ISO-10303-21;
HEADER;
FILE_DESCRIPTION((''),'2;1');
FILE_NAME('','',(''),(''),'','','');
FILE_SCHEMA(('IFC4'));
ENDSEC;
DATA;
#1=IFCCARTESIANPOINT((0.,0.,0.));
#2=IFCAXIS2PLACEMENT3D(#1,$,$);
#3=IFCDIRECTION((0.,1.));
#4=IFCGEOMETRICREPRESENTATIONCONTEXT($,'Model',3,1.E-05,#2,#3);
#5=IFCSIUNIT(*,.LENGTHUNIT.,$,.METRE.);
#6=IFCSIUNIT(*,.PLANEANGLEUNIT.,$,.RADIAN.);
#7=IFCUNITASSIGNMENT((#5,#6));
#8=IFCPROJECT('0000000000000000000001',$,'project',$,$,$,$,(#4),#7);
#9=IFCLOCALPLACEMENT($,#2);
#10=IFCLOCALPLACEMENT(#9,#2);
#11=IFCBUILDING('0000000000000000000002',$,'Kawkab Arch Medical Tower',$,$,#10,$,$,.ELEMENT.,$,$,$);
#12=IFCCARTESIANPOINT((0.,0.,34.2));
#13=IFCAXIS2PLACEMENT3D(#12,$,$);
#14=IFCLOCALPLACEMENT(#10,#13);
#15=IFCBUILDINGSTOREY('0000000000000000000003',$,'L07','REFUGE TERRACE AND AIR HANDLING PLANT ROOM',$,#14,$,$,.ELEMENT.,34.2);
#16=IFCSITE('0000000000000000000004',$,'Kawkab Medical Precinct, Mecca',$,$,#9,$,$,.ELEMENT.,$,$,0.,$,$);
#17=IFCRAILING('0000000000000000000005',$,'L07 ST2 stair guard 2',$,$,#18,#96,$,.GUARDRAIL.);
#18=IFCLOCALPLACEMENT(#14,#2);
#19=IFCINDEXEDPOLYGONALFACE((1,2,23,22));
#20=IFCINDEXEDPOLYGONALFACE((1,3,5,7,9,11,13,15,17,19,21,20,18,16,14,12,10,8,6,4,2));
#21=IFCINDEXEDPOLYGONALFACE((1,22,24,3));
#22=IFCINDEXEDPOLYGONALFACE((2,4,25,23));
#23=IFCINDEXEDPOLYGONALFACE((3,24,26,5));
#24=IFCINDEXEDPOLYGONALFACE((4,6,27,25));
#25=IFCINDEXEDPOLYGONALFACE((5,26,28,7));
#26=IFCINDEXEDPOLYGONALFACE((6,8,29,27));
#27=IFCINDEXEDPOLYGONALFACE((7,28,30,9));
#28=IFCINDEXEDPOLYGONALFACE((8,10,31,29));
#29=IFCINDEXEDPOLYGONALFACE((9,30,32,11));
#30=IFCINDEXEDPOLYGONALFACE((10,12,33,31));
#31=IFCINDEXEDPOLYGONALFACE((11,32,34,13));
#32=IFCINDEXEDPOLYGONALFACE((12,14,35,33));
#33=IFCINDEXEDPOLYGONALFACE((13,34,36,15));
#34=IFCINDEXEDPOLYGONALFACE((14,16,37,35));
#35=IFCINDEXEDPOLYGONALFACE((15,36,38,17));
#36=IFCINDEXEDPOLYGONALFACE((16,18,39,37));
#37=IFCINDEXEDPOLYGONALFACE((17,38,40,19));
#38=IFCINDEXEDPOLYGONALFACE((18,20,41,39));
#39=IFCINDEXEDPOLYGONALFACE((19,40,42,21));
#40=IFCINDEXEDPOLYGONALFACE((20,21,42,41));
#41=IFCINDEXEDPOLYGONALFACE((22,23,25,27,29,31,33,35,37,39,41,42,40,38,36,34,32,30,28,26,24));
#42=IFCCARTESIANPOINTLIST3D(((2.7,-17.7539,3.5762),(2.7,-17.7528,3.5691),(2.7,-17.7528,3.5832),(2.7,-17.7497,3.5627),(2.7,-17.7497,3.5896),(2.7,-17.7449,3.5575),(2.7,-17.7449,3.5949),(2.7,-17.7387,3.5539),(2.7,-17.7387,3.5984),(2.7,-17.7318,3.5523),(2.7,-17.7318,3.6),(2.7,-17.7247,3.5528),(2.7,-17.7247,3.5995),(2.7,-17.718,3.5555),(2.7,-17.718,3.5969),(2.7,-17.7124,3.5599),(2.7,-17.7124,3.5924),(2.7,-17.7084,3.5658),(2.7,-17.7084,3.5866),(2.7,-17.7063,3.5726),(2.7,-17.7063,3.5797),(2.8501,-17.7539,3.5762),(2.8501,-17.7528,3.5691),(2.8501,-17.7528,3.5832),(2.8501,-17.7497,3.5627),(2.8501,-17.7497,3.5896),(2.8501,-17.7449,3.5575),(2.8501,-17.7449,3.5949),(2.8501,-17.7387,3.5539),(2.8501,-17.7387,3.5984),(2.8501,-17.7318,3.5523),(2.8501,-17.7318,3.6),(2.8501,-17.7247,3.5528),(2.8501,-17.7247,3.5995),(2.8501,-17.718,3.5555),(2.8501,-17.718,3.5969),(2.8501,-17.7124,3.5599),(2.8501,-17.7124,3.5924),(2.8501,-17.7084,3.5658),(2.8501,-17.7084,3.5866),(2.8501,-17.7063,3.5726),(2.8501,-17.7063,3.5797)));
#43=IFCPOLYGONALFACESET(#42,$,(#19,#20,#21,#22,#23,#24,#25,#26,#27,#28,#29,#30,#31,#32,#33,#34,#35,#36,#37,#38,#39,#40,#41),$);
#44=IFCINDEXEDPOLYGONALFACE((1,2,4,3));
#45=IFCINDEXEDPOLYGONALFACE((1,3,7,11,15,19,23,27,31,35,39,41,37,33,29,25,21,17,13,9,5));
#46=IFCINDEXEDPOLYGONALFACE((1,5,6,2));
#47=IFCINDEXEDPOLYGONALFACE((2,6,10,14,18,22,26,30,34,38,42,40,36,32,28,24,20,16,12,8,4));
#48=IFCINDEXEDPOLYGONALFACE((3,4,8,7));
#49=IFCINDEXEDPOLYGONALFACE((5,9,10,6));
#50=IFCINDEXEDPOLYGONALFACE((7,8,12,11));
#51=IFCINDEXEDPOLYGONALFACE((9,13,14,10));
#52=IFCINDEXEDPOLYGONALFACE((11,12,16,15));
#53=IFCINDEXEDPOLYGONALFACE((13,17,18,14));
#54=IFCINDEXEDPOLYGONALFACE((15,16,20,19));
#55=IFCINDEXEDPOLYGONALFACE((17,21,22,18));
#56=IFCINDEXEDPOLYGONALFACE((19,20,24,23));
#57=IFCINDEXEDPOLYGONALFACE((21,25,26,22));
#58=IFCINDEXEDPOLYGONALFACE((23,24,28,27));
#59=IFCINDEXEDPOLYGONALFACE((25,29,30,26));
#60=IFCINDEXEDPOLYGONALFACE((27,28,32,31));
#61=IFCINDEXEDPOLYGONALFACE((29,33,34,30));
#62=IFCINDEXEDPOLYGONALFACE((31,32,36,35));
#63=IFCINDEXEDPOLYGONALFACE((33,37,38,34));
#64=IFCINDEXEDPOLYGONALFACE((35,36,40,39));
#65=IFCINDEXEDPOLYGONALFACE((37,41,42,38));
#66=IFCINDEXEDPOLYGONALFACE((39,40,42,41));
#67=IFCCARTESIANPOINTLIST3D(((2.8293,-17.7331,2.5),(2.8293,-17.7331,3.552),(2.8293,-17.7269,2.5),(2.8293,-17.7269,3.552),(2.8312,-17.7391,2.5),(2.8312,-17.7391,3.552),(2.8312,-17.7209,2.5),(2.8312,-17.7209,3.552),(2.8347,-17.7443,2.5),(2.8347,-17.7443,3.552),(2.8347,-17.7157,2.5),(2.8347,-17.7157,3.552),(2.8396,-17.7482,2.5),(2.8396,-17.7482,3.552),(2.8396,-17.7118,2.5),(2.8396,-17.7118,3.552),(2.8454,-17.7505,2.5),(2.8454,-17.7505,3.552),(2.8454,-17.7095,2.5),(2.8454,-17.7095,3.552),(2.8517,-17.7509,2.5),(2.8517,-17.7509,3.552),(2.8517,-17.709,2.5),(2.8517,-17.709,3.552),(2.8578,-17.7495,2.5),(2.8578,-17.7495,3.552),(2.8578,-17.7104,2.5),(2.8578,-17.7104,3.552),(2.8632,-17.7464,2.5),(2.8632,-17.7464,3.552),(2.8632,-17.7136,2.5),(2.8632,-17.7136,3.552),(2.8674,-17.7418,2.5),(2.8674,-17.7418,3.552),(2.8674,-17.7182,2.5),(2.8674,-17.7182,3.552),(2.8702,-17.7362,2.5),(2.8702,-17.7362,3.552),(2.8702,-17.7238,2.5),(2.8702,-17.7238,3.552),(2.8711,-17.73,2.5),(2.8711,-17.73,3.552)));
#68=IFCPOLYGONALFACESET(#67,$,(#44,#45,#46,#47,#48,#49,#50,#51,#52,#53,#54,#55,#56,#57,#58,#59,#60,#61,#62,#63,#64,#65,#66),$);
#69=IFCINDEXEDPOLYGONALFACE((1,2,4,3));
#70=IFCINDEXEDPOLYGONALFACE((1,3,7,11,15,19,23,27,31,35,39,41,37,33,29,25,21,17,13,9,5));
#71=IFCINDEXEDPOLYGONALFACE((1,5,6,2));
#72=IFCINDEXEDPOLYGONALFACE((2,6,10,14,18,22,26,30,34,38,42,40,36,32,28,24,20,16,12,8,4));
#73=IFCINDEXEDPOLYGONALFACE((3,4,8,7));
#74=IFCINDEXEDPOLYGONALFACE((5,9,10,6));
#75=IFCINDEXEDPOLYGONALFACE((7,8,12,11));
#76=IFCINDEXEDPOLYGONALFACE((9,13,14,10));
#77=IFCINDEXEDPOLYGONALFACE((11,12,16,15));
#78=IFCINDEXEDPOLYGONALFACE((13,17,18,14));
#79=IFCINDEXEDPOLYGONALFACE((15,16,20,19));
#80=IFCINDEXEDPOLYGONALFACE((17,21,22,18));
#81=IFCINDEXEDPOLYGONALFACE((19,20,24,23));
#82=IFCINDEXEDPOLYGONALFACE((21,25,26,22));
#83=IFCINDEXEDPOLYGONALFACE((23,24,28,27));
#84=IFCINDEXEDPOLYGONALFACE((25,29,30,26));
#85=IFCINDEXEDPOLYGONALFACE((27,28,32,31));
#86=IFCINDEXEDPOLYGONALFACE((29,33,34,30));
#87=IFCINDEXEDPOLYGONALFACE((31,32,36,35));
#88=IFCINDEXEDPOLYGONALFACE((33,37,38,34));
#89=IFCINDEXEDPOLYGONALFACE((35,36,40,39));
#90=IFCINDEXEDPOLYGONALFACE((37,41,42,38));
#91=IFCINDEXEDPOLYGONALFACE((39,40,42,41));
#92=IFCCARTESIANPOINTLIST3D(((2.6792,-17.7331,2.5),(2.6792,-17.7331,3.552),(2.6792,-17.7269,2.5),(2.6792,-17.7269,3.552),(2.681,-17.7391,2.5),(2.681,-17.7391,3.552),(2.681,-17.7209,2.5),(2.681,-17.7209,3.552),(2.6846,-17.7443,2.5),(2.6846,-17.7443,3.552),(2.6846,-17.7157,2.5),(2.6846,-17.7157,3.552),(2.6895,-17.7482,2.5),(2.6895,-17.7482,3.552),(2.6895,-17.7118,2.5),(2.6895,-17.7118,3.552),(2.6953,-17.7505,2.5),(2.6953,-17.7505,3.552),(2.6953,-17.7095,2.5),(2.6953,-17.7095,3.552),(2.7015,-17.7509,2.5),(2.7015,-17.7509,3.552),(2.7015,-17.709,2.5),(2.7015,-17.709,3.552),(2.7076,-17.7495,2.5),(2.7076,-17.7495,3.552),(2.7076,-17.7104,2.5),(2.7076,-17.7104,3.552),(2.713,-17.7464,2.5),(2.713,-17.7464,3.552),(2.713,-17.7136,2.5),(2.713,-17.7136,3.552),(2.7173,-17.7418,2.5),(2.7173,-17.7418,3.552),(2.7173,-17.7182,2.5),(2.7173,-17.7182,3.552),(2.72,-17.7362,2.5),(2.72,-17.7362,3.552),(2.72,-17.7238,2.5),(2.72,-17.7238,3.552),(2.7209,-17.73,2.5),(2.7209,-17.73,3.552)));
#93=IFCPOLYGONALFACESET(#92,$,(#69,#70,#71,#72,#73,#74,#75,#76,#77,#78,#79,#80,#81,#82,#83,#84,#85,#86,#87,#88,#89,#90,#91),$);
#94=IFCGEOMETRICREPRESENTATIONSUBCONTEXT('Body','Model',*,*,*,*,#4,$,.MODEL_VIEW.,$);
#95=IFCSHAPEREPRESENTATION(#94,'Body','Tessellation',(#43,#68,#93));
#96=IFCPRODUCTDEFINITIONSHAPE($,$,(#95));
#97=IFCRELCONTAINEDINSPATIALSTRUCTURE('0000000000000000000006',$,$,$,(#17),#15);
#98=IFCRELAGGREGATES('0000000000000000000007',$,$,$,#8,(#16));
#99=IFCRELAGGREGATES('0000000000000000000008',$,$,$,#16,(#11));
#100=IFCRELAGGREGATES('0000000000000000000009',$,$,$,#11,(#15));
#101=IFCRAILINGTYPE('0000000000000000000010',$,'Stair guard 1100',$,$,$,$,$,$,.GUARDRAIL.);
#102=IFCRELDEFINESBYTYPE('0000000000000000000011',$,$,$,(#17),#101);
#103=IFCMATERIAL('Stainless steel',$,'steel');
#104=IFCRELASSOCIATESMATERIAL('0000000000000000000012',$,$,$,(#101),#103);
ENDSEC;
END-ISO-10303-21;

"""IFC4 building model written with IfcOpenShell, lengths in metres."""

from ifc_helpers import new_model, si_unit, direction, frame, origin, origin_2d, place, context, subcontext, project, spatial, circle, extrude, material, type_object, element, save


model = new_model("IFC4")

# Units and contexts
model_context = context("Model", 3, precision=1e-05, world=origin(), true_north=direction((0.0, 1.0)))
body_context = subcontext(model_context, "Body", "Model", "MODEL_VIEW")
ifc_project = project(units=[si_unit("LENGTHUNIT", "METRE"), si_unit("PLANEANGLEUNIT", "RADIAN")], contexts=[model_context])

# Site, building, storey
site_placement = place(None, origin())
site = spatial("IfcSite", under=ifc_project, at=site_placement, Name="Kawkab Medical Precinct, Mecca", CompositionType="ELEMENT", RefElevation=0.0)
building_placement = place(site_placement, origin())
building = spatial("IfcBuilding", under=site, at=building_placement, Name="Kawkab Arch Medical Tower", CompositionType="ELEMENT")
storey_placement = place(building_placement, frame((0.0, 0.0, 34.2)))
storey = spatial("IfcBuildingStorey", under=building, at=storey_placement, Name="L07", Description="REFUGE TERRACE AND AIR HANDLING PLANT ROOM", CompositionType="ELEMENT", Elevation=34.2)

# Railing
ifc_material_1 = material(Name="Stainless steel", Category="steel")
railing_type = type_object("IfcRailingType", Name="Stair guard 1100", PredefinedType="GUARDRAIL", material=ifc_material_1)
railing_1_placement = place(storey_placement, frame((2.8501, -17.73, 2.5)))
element("IfcRailing", 1, at=railing_1_placement, inside=storey, type_object=railing_type, Name="L07 ST2 stair guard 2", PredefinedType="GUARDRAIL", context=body_context, shape_type="SweptSolid", body=[
    extrude(circle(Radius=0.0239, at=origin_2d()), frame((0.0, 0.0, 1.0762), z_axis=(-1.0, 0.0, 0.0), x_axis=(0.0, -1.0, 0.0)), (0.0, 0.0, 1.0), 0.1501),
    extrude(circle(Radius=0.021, at=origin_2d()), origin(), (0.0, 0.0, 1.0), 1.052),
    extrude(circle(Radius=0.021, at=origin_2d()), frame((-0.1501, 0.0, 0.0)), (0.0, 0.0, 1.0), 1.052),
])

save(model, "model.ifc")
